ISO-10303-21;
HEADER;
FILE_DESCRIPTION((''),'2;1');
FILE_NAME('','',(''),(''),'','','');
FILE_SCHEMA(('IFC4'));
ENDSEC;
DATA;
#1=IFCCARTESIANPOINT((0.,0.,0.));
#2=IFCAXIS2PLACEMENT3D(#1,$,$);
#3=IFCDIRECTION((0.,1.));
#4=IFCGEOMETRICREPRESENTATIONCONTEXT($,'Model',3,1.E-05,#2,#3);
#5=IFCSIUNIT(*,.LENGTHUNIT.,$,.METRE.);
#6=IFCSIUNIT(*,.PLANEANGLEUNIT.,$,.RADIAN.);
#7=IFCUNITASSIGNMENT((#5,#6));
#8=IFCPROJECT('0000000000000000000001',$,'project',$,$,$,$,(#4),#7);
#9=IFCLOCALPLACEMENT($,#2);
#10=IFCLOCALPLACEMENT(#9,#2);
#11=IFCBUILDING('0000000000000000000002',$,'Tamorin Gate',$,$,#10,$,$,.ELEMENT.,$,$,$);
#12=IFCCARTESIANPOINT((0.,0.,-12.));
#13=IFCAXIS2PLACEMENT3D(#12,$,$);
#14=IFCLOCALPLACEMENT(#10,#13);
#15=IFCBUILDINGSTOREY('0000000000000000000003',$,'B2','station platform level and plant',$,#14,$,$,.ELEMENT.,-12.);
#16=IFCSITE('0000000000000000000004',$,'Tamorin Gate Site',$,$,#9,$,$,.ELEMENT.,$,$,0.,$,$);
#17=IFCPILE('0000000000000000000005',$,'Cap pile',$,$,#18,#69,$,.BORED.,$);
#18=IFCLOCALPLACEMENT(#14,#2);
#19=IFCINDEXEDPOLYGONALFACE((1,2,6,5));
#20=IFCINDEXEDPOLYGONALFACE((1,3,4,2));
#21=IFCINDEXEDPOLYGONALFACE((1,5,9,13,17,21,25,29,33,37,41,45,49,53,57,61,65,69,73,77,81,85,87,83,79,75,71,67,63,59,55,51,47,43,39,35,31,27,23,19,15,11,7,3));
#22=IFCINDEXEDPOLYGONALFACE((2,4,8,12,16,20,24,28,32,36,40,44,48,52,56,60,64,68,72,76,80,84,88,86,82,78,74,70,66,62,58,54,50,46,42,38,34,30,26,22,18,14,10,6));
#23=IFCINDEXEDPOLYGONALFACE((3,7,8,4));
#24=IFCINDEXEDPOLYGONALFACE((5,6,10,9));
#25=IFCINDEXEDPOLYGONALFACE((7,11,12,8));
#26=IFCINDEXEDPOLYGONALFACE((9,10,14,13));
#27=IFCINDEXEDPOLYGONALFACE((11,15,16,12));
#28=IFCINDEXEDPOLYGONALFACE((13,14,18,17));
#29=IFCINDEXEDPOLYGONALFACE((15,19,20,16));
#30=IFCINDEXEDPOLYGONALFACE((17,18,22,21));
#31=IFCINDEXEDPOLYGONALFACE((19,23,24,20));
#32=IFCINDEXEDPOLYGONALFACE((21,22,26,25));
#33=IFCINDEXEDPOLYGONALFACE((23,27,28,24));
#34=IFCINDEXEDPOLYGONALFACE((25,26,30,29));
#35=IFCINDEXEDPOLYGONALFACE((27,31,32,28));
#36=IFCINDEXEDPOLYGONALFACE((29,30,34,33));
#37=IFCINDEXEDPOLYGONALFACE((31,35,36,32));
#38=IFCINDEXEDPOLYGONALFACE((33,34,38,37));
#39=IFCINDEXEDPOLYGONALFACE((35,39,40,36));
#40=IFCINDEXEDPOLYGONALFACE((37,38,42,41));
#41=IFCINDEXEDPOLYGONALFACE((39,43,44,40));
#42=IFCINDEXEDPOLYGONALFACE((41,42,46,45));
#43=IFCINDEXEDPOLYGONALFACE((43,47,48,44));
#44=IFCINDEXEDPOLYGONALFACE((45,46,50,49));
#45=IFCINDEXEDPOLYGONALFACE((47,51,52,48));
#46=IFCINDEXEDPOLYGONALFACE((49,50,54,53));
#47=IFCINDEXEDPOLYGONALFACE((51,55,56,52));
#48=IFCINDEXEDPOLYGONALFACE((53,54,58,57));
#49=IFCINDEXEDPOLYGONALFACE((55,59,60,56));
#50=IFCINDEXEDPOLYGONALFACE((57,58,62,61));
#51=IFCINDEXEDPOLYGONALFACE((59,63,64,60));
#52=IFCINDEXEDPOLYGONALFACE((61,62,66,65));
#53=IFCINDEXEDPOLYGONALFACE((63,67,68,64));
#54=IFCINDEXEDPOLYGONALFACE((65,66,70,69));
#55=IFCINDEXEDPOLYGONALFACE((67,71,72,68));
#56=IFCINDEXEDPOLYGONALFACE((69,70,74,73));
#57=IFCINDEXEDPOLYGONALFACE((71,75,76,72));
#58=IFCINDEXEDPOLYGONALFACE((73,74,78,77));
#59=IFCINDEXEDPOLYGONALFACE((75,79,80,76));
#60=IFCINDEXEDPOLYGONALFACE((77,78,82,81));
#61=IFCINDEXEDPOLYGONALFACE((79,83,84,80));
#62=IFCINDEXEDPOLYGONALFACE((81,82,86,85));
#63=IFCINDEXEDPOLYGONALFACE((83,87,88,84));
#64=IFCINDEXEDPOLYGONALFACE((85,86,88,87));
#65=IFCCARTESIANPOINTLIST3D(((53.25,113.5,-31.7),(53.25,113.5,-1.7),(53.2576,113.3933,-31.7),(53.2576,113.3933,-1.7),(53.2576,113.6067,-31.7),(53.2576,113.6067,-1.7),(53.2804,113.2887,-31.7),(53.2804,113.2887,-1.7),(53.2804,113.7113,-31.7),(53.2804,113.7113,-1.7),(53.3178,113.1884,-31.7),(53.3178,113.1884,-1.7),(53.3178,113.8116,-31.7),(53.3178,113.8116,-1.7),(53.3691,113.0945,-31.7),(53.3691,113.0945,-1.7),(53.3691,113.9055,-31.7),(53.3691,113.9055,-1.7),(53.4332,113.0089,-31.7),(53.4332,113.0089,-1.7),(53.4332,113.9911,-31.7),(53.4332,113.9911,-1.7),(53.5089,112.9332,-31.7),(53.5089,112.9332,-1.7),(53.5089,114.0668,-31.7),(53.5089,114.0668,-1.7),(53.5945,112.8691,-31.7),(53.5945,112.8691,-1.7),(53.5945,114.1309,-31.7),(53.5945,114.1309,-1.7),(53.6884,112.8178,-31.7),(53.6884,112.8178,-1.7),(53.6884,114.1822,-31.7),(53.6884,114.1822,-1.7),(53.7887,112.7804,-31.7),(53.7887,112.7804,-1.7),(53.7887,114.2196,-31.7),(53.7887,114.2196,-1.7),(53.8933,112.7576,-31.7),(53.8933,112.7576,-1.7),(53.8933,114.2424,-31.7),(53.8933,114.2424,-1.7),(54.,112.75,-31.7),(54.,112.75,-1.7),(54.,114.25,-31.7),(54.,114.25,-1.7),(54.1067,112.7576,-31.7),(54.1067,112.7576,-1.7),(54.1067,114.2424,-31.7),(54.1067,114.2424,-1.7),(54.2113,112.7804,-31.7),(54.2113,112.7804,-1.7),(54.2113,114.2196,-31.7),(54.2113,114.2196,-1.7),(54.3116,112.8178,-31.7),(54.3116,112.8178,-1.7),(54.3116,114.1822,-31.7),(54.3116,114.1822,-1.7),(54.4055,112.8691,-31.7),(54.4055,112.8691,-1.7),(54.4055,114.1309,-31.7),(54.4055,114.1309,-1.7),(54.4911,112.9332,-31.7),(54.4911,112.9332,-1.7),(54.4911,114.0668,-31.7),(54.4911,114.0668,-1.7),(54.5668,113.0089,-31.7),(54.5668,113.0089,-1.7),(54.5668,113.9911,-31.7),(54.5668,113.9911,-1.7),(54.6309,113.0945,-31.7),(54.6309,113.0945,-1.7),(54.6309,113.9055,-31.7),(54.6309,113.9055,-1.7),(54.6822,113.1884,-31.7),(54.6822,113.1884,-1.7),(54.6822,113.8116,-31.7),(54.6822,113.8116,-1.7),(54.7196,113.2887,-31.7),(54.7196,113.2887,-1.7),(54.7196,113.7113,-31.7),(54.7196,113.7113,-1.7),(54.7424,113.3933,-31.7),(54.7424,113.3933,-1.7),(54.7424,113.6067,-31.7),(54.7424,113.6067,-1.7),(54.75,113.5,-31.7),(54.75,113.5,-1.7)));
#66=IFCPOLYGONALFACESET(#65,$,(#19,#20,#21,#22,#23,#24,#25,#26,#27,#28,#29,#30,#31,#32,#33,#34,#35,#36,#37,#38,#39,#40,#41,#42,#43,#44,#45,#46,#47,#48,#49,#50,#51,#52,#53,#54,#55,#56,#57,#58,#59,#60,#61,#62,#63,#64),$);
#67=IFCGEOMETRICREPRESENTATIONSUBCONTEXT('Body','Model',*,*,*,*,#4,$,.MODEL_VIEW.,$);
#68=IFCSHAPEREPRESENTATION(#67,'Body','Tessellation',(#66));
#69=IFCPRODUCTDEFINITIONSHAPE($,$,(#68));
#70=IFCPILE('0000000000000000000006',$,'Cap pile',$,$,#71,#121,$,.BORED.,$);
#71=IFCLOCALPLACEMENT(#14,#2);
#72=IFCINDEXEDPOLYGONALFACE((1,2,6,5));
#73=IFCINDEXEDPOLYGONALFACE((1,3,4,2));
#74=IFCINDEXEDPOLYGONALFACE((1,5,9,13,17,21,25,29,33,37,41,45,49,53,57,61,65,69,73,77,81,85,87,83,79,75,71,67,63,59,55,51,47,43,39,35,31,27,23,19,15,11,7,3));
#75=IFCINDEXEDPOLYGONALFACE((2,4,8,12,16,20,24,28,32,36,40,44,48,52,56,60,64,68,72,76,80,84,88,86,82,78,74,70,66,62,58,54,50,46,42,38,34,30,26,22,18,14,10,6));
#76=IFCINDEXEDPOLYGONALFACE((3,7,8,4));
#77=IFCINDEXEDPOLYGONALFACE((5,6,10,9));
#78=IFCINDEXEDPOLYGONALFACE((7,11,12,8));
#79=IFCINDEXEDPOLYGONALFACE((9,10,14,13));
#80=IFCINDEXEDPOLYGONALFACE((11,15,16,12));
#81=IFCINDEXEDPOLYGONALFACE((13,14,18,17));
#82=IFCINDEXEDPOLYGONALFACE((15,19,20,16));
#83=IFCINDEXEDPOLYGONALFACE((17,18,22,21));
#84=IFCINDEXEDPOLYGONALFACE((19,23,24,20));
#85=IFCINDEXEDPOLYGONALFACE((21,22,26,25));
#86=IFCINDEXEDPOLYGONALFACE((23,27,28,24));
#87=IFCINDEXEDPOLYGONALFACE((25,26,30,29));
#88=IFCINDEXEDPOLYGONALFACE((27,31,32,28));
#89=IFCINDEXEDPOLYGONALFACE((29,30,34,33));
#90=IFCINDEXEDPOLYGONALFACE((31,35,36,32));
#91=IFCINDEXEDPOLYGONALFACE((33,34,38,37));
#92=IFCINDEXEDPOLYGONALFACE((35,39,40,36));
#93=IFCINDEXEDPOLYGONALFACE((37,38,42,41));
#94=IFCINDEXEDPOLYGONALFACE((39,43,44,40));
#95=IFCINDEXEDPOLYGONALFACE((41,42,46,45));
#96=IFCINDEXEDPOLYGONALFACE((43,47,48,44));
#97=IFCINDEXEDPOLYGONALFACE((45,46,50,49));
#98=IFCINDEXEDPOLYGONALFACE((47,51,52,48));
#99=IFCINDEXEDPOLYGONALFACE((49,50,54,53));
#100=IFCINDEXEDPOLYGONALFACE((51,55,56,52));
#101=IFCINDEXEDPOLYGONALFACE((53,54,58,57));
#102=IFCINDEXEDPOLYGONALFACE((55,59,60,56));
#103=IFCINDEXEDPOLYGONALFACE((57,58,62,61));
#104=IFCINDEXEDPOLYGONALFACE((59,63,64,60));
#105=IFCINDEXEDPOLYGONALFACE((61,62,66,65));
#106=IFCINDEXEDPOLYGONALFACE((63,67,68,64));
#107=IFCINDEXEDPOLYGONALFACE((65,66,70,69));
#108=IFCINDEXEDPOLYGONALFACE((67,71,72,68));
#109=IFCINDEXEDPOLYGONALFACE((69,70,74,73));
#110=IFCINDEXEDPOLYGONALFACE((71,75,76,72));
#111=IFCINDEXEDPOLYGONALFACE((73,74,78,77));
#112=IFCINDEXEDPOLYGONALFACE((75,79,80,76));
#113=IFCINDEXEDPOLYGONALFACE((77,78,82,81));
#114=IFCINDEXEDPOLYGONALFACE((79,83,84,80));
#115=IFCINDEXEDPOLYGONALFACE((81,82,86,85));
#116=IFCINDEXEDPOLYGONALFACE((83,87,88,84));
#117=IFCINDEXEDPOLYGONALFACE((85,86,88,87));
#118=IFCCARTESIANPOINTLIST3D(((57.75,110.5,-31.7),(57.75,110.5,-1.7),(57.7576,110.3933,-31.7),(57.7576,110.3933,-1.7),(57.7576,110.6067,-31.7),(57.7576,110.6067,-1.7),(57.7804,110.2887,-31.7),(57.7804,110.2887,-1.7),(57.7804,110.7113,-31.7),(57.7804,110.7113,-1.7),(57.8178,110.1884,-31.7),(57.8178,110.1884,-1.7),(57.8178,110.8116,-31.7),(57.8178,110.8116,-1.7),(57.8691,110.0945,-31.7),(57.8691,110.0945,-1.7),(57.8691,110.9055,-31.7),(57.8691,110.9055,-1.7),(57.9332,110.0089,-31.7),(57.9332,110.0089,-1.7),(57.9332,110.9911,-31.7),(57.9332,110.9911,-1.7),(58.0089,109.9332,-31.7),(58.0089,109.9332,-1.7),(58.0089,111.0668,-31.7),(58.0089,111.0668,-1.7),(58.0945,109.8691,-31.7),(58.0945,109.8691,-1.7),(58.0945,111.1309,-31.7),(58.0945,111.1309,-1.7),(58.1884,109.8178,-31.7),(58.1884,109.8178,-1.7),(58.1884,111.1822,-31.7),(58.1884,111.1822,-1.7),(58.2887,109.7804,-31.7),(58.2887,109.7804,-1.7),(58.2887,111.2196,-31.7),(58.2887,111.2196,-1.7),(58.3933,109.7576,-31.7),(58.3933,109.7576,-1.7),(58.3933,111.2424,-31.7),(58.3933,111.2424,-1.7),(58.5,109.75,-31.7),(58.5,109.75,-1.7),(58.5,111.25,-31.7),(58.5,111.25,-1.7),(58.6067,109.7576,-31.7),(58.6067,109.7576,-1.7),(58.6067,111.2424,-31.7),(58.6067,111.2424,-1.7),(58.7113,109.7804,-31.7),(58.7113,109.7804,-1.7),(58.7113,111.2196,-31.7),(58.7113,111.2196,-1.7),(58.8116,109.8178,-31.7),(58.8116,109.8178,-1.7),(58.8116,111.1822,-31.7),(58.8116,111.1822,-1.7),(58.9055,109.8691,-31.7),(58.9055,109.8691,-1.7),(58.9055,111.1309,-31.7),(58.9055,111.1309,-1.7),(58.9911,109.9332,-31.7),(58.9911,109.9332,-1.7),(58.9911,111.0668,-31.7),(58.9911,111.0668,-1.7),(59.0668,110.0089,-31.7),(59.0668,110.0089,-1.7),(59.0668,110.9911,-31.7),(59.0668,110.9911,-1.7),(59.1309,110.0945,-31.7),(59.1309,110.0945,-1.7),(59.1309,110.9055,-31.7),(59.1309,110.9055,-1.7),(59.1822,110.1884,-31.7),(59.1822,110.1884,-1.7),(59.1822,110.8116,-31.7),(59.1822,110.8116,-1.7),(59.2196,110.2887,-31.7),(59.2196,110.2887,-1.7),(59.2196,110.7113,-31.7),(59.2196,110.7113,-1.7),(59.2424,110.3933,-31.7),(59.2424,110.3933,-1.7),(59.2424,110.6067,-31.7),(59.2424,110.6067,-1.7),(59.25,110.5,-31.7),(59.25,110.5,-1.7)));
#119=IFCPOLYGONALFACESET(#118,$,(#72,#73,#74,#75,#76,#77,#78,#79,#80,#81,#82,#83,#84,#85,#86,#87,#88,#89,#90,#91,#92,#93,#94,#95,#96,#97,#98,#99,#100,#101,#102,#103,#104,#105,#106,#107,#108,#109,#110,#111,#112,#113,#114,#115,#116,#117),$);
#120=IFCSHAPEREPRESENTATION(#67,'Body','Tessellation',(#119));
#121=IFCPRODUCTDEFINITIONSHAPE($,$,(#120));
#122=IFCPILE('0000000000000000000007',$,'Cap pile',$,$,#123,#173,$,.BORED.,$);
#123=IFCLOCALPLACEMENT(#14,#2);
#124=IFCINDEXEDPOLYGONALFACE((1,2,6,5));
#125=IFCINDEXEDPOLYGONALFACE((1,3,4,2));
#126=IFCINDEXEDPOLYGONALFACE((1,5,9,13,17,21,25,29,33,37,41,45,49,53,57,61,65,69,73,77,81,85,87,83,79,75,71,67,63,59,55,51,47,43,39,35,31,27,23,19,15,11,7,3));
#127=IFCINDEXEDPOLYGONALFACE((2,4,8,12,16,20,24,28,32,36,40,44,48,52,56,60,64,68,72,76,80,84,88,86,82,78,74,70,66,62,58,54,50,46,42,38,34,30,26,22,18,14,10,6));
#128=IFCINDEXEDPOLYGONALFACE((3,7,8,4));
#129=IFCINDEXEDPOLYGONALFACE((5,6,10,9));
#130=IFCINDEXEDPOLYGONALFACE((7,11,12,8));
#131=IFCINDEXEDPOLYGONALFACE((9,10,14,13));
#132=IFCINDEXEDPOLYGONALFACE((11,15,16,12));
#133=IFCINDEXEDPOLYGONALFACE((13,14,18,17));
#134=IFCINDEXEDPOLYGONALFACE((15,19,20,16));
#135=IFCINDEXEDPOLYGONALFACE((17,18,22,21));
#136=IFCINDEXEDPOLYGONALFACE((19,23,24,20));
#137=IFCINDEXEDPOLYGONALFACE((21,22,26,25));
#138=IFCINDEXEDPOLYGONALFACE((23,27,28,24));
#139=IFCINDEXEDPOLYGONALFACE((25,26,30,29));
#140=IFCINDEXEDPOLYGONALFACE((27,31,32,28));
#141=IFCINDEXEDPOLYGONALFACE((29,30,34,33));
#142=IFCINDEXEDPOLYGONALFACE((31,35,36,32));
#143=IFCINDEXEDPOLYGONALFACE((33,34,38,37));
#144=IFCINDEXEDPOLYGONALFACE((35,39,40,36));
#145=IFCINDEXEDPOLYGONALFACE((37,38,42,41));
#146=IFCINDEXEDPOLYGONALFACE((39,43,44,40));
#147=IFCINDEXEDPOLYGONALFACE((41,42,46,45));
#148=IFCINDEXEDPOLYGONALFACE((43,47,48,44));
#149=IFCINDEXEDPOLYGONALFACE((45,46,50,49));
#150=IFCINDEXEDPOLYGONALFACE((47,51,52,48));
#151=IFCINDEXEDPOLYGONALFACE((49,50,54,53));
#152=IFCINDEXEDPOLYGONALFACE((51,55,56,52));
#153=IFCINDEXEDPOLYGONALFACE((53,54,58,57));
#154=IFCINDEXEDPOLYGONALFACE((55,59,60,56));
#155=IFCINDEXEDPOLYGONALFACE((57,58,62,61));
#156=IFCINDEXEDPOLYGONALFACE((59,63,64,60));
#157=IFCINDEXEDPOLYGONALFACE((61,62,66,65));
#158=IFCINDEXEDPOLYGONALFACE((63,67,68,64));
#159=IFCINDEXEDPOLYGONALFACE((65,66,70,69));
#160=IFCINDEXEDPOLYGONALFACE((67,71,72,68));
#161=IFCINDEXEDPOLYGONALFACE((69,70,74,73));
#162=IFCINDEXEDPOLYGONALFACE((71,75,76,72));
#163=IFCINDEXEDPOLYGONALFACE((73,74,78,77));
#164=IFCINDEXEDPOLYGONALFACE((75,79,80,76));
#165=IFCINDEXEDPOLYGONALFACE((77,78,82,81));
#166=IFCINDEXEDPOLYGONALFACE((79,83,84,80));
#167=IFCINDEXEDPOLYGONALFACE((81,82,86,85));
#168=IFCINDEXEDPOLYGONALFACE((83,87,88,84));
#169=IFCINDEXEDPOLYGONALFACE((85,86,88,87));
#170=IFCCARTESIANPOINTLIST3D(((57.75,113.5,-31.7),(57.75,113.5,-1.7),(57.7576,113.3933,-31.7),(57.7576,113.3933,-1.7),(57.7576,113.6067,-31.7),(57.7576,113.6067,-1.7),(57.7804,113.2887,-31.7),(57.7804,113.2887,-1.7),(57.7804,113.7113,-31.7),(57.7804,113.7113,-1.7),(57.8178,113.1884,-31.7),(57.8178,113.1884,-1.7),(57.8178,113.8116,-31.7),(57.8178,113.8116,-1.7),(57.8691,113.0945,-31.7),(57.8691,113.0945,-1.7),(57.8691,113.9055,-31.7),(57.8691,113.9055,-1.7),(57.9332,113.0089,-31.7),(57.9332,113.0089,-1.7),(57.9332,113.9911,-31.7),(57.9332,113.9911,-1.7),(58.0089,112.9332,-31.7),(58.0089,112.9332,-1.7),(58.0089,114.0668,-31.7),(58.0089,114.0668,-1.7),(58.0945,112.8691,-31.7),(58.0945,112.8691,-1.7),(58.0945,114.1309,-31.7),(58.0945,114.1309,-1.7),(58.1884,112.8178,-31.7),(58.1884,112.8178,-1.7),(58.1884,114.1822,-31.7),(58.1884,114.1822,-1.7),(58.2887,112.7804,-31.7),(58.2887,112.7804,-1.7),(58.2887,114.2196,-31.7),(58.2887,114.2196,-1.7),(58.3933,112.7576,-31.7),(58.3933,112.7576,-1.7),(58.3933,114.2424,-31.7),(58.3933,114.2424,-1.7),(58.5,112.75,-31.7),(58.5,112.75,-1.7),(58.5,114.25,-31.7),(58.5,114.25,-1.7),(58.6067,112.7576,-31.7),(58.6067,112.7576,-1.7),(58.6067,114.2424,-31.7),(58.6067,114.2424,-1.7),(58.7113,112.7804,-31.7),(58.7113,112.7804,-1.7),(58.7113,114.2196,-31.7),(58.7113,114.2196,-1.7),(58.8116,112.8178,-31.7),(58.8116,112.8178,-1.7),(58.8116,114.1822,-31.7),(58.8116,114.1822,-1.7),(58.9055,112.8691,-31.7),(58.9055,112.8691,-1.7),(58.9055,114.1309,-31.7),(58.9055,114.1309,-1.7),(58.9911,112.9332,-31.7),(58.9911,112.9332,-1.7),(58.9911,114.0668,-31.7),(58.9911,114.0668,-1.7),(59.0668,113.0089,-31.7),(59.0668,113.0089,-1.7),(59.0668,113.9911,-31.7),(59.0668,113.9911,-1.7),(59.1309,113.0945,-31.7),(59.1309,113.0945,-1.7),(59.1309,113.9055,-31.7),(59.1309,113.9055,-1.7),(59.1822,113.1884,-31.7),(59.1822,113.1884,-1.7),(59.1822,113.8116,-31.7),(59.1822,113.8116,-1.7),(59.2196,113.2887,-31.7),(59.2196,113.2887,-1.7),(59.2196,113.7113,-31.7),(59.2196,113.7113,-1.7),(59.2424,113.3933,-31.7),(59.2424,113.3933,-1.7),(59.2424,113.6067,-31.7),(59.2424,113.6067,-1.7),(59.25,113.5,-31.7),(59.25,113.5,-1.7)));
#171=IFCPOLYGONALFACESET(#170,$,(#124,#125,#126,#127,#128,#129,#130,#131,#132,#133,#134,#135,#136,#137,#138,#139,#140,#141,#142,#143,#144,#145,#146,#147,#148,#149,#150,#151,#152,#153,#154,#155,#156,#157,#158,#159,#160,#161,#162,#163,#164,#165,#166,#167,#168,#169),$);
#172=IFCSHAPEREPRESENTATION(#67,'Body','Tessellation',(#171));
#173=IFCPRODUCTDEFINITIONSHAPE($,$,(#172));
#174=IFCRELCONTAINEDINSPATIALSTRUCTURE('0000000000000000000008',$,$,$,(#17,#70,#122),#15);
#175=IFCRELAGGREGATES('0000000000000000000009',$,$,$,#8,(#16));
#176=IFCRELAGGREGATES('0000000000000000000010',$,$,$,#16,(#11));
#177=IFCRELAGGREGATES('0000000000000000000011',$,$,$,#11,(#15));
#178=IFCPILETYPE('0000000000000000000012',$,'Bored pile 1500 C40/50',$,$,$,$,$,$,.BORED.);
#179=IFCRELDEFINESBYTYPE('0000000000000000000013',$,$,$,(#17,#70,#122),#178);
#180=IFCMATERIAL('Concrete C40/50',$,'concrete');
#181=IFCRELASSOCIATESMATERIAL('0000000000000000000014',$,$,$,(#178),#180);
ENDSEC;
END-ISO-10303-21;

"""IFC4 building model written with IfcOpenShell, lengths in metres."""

from ifc_helpers import new_model, si_unit, direction, frame, origin, origin_2d, place, context, subcontext, project, spatial, circle, extrude, material, material_profile, profile_set, type_object, element, save


model = new_model("IFC4")

# Units and contexts
model_context = context("Model", 3, precision=1e-05, world=origin(), true_north=direction((0.0, 1.0)))
body_context = subcontext(model_context, "Body", "Model", "MODEL_VIEW")
ifc_project = project(units=[si_unit("LENGTHUNIT", "METRE"), si_unit("PLANEANGLEUNIT", "RADIAN")], contexts=[model_context])

# Site, building, storey
site_placement = place(None, origin())
site = spatial("IfcSite", under=ifc_project, at=site_placement, Name="Tamorin Gate Site", CompositionType="ELEMENT", RefElevation=0.0)
building_placement = place(site_placement, origin())
building = spatial("IfcBuilding", under=site, at=building_placement, Name="Tamorin Gate", CompositionType="ELEMENT")
storey_placement = place(building_placement, frame((0.0, 0.0, -12.0)))
storey = spatial("IfcBuildingStorey", under=building, at=storey_placement, Name="B2", Description="station platform level and plant", CompositionType="ELEMENT", Elevation=-12.0)

# Piles
ifc_material_1 = material(Name="Concrete C40/50", Category="concrete")
ifc_material_profile_1 = material_profile(ifc_material_1, circle(Radius=0.75, at=origin_2d()))
ifc_profile_set_1 = profile_set([ifc_material_profile_1], Name="Concrete C40/50")
pile_type = type_object("IfcPileType", Name="Bored pile 1500 C40/50", PredefinedType="BORED", material=ifc_profile_set_1)
for number, where, z_axis, x_axis, name in (
    (1, (54.0, 113.5, -1.7), (0.0, 0.0, -1.0), (1.0, 0.0, 0.0), "Cap pile"),
    (2, (58.5, 110.5, -1.7), (0.0, 0.0, -1.0), (1.0, 0.0, 0.0), "Cap pile"),
    (3, (58.5, 113.5, -1.7), (0.0, 0.0, -1.0), (1.0, 0.0, 0.0), "Cap pile"),
):
    element("IfcPile", number, at=place(storey_placement, frame(where, z_axis=z_axis, x_axis=x_axis)), inside=storey, type_object=pile_type, Name=name, PredefinedType="BORED", context=body_context, shape_type="SweptSolid", body=[
        extrude(circle(Radius=0.75, at=origin_2d()), origin(), (0.0, 0.0, 1.0), 30.0),
    ])

save(model, "model.ifc")
